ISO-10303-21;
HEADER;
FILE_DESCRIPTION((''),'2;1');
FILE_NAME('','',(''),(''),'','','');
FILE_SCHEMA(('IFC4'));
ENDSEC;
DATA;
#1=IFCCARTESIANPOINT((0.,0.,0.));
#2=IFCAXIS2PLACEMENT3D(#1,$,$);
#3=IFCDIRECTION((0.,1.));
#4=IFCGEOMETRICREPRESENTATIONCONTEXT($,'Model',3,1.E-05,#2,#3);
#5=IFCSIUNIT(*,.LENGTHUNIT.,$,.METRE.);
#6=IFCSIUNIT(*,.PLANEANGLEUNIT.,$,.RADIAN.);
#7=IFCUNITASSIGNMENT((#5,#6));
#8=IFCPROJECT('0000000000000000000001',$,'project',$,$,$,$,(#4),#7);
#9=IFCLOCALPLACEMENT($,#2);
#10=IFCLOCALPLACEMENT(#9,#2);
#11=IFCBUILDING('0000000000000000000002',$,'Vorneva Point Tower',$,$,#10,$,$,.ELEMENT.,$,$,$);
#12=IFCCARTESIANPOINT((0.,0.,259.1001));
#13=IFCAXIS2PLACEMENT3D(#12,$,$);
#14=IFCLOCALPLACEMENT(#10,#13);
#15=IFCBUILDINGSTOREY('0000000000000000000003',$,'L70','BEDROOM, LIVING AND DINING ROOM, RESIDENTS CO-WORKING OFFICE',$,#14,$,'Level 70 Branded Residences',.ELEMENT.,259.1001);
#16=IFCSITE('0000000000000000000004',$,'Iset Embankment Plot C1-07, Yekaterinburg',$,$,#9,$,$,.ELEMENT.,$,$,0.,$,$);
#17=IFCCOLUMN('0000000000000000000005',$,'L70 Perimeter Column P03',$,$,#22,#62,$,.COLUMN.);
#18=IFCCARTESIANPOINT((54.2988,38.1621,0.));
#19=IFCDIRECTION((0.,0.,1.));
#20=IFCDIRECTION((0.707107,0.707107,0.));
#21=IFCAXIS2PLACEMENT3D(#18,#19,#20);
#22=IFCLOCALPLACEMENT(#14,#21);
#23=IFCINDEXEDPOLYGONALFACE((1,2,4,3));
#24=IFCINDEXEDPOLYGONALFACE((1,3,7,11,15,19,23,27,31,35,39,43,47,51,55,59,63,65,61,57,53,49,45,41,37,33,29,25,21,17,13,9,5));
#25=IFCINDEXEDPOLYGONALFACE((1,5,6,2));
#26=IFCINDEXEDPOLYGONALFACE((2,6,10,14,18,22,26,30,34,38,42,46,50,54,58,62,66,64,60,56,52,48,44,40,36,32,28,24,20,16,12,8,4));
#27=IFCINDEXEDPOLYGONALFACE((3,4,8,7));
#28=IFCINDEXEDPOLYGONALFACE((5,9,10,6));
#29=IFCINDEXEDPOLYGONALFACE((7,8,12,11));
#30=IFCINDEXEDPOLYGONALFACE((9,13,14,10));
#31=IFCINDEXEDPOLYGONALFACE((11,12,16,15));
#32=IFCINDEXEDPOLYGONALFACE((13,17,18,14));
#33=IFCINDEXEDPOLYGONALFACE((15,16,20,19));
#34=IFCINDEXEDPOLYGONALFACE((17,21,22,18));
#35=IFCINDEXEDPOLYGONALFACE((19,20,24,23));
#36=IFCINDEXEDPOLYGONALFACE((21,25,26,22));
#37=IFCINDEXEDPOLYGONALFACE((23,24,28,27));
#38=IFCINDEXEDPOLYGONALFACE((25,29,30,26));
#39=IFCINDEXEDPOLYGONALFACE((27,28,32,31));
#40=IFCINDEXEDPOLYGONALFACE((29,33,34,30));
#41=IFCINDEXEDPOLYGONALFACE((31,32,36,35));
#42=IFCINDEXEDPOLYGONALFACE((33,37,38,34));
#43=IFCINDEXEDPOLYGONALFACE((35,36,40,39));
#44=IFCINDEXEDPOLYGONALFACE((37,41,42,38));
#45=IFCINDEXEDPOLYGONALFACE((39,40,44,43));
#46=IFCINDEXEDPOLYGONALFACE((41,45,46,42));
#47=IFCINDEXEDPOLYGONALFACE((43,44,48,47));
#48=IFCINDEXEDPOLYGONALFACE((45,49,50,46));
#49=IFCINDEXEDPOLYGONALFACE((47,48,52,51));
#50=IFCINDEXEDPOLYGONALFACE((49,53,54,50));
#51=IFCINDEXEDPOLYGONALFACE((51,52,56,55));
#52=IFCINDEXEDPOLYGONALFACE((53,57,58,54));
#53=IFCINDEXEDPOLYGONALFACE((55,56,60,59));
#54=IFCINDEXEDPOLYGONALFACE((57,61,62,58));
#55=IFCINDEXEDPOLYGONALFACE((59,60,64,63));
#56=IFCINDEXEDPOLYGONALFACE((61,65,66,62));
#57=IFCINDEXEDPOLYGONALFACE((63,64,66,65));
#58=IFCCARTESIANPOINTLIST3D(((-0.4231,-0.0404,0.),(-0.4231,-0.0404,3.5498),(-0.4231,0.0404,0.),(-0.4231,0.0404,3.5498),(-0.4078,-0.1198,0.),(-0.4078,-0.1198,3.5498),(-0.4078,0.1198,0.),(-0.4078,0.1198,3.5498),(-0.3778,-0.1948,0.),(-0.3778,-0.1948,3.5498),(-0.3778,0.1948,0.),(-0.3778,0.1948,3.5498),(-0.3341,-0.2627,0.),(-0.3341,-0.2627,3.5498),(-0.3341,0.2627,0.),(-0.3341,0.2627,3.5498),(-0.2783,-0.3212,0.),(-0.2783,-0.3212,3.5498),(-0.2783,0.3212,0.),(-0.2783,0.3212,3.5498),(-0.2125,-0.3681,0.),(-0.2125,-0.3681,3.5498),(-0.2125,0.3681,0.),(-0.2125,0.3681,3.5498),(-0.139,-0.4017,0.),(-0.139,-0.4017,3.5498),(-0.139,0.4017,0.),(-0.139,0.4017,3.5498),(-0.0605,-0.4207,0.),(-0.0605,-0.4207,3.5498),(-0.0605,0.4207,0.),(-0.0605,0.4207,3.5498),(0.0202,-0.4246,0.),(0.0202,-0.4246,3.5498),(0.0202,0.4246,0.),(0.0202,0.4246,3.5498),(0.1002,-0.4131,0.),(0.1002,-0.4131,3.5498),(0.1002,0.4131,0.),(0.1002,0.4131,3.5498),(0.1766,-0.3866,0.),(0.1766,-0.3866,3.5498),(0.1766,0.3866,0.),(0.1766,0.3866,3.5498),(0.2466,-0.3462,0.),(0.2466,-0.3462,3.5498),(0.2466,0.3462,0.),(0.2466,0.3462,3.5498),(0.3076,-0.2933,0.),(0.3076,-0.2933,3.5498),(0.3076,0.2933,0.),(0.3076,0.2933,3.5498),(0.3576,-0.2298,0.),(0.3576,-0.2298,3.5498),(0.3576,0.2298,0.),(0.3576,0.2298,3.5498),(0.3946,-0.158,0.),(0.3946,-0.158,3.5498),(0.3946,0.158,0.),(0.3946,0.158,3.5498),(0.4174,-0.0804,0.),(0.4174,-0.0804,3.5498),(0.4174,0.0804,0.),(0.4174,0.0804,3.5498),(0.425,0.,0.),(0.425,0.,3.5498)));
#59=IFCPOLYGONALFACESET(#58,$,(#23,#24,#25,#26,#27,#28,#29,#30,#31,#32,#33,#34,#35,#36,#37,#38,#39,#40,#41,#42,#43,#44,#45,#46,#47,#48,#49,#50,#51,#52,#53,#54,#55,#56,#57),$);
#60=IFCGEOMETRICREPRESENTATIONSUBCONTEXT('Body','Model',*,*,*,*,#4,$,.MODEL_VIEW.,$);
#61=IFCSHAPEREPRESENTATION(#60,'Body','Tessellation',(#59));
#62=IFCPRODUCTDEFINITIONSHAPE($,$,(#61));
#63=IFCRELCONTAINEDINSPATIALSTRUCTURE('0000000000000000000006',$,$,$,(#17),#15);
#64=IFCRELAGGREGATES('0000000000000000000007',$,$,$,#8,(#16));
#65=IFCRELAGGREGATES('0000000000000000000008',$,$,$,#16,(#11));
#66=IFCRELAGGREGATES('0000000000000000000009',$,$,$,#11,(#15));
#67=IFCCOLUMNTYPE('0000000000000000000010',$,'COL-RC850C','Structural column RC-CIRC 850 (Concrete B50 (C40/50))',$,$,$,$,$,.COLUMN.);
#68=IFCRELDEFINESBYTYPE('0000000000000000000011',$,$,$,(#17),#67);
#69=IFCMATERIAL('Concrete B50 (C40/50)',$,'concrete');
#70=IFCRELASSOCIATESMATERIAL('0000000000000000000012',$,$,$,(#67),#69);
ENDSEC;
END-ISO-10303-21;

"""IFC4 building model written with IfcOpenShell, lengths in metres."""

from ifc_helpers import new_model, si_unit, direction, frame, origin, origin_2d, place, context, subcontext, project, spatial, circle, extrude, material, material_profile, profile_set, type_object, element, save


model = new_model("IFC4")

# Units and contexts
model_context = context("Model", 3, precision=1e-05, world=origin(), true_north=direction((0.0, 1.0)))
body_context = subcontext(model_context, "Body", "Model", "MODEL_VIEW")
ifc_project = project(units=[si_unit("LENGTHUNIT", "METRE"), si_unit("PLANEANGLEUNIT", "RADIAN")], contexts=[model_context])

# Site, building, storey
site_placement = place(None, origin())
site = spatial("IfcSite", under=ifc_project, at=site_placement, Name="Iset Embankment Plot C1-07, Yekaterinburg", CompositionType="ELEMENT", RefElevation=0.0)
building_placement = place(site_placement, origin())
building = spatial("IfcBuilding", under=site, at=building_placement, Name="Vorneva Point Tower", CompositionType="ELEMENT")
storey_placement = place(building_placement, frame((0.0, 0.0, 259.1001)))
storey = spatial("IfcBuildingStorey", under=building, at=storey_placement, Name="L70", Description="BEDROOM, LIVING AND DINING ROOM, RESIDENTS CO-WORKING OFFICE", LongName="Level 70 Branded Residences", CompositionType="ELEMENT", Elevation=259.1001)

# Column
ifc_material_1 = material(Name="Concrete B50 (C40/50)", Category="concrete")
ifc_material_profile_1 = material_profile(ifc_material_1, circle(Radius=0.425, at=origin_2d()), Name="RC-CIRC 850")
ifc_profile_set_1 = profile_set([ifc_material_profile_1], Name="Concrete B50 (C40/50)")
column_type_1 = type_object("IfcColumnType", Name="COL-RC850C", Description="Structural column RC-CIRC 850 (Concrete B50 (C40/50))", PredefinedType="COLUMN", material=ifc_profile_set_1)
column_1_placement = place(storey_placement, frame((54.2988, 38.1621, 0.0), z_axis=(0.0, 0.0, 1.0), x_axis=(0.707107, 0.707107, 0.0)))
element("IfcColumn", 1, at=column_1_placement, inside=storey, type_object=column_type_1, Name="L70 Perimeter Column P03", PredefinedType="COLUMN", context=body_context, shape_type="SweptSolid", body=[
    extrude(circle(Radius=0.425, at=origin_2d()), origin(), (0.0, 0.0, 1.0), 3.5498),
])

save(model, "model.ifc")
